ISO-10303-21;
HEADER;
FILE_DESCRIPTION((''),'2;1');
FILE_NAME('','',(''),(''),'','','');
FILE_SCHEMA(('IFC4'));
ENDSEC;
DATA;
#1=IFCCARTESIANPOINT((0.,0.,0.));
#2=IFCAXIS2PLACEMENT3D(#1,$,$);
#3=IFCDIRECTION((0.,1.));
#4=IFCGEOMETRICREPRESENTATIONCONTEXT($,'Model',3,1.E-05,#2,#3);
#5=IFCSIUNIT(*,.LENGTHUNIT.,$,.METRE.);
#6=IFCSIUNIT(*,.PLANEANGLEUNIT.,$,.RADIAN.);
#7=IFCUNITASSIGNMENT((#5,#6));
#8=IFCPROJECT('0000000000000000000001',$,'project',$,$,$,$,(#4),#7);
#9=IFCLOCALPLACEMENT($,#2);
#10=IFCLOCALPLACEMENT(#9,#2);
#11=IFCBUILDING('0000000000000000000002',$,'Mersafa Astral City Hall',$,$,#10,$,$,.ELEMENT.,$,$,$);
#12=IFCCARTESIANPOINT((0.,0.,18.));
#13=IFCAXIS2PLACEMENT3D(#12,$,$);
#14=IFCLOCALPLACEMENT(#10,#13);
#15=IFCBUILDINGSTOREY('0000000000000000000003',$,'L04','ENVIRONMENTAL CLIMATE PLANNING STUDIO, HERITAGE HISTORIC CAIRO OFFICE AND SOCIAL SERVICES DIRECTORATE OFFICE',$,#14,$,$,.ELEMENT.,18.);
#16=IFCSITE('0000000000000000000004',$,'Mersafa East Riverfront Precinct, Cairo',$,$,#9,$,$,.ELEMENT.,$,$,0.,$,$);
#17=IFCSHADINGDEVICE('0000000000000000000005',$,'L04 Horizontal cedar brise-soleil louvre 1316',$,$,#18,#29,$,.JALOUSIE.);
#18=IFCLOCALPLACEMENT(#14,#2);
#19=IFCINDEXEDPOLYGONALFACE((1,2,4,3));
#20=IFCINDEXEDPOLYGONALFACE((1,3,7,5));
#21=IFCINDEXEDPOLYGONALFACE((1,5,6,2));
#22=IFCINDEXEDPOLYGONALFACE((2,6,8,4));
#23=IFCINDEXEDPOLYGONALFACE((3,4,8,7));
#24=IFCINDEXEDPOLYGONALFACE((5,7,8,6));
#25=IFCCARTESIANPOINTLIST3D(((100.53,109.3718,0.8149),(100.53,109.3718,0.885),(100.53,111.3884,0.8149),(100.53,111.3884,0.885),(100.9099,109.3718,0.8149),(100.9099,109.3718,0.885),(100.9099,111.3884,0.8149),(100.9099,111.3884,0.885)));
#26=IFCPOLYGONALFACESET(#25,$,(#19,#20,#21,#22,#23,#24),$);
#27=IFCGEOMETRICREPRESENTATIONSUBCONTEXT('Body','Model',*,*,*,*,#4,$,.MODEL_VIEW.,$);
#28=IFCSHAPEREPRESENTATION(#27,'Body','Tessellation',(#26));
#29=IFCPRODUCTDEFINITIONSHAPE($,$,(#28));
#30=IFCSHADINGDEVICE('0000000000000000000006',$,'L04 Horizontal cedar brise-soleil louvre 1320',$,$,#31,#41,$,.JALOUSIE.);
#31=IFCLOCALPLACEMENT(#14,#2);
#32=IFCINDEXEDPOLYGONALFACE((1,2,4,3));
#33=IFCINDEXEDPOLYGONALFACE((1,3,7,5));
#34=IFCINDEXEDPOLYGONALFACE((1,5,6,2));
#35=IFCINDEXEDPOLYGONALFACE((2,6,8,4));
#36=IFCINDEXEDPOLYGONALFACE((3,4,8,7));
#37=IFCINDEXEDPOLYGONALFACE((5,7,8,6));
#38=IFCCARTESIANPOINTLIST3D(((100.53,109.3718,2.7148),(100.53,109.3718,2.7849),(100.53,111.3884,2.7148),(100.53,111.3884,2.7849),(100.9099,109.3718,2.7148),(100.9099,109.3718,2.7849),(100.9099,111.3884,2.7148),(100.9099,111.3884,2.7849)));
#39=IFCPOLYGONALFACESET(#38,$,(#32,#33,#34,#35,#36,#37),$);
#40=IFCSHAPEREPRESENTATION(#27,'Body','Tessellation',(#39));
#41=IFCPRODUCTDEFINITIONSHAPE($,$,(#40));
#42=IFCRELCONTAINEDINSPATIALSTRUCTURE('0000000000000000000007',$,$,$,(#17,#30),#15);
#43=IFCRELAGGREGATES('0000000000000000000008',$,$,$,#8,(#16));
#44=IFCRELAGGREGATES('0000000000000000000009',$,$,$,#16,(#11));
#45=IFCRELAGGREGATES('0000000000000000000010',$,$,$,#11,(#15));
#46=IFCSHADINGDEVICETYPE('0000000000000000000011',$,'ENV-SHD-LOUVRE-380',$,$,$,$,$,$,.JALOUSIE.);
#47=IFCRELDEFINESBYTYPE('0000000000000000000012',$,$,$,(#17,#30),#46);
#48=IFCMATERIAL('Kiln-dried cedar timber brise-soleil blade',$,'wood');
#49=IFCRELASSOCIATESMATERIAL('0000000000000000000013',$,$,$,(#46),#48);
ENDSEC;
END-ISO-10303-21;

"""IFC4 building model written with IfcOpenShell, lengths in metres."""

from ifc_helpers import new_model, si_unit, direction, frame, origin, origin_2d, place, context, subcontext, project, spatial, rectangle, extrude, material, type_object, element, save


model = new_model("IFC4")

# Units and contexts
model_context = context("Model", 3, precision=1e-05, world=origin(), true_north=direction((0.0, 1.0)))
body_context = subcontext(model_context, "Body", "Model", "MODEL_VIEW")
ifc_project = project(units=[si_unit("LENGTHUNIT", "METRE"), si_unit("PLANEANGLEUNIT", "RADIAN")], contexts=[model_context])

# Site, building, storey
site_placement = place(None, origin())
site = spatial("IfcSite", under=ifc_project, at=site_placement, Name="Mersafa East Riverfront Precinct, Cairo", CompositionType="ELEMENT", RefElevation=0.0)
building_placement = place(site_placement, origin())
building = spatial("IfcBuilding", under=site, at=building_placement, Name="Mersafa Astral City Hall", CompositionType="ELEMENT")
storey_placement = place(building_placement, frame((0.0, 0.0, 18.0)))
storey = spatial("IfcBuildingStorey", under=building, at=storey_placement, Name="L04", Description="ENVIRONMENTAL CLIMATE PLANNING STUDIO, HERITAGE HISTORIC CAIRO OFFICE AND SOCIAL SERVICES DIRECTORATE OFFICE", CompositionType="ELEMENT", Elevation=18.0)

# Shading devices
ifc_material_1 = material(Name="Kiln-dried cedar timber brise-soleil blade", Category="wood")
shading_device_type = type_object("IfcShadingDeviceType", Name="ENV-SHD-LOUVRE-380", PredefinedType="JALOUSIE", material=ifc_material_1)
for number, where, z_axis, x_axis, name in (
    (1, (100.72, 110.3801, 0.8149), (0.0, 0.0, 1.0), (0.0, -1.0, 0.0), "L04 Horizontal cedar brise-soleil louvre 1316"),
    (2, (100.72, 110.3801, 2.7148), (0.0, 0.0, 1.0), (0.0, -1.0, 0.0), "L04 Horizontal cedar brise-soleil louvre 1320"),
):
    element("IfcShadingDevice", number, at=place(storey_placement, frame(where, z_axis=z_axis, x_axis=x_axis)), inside=storey, type_object=shading_device_type, Name=name, PredefinedType="JALOUSIE", context=body_context, shape_type="SweptSolid", body=[
        extrude(rectangle(XDim=2.0166, YDim=0.3799, at=origin_2d()), origin(), (0.0, 0.0, 1.0), 0.0701),
    ])

save(model, "model.ifc")
